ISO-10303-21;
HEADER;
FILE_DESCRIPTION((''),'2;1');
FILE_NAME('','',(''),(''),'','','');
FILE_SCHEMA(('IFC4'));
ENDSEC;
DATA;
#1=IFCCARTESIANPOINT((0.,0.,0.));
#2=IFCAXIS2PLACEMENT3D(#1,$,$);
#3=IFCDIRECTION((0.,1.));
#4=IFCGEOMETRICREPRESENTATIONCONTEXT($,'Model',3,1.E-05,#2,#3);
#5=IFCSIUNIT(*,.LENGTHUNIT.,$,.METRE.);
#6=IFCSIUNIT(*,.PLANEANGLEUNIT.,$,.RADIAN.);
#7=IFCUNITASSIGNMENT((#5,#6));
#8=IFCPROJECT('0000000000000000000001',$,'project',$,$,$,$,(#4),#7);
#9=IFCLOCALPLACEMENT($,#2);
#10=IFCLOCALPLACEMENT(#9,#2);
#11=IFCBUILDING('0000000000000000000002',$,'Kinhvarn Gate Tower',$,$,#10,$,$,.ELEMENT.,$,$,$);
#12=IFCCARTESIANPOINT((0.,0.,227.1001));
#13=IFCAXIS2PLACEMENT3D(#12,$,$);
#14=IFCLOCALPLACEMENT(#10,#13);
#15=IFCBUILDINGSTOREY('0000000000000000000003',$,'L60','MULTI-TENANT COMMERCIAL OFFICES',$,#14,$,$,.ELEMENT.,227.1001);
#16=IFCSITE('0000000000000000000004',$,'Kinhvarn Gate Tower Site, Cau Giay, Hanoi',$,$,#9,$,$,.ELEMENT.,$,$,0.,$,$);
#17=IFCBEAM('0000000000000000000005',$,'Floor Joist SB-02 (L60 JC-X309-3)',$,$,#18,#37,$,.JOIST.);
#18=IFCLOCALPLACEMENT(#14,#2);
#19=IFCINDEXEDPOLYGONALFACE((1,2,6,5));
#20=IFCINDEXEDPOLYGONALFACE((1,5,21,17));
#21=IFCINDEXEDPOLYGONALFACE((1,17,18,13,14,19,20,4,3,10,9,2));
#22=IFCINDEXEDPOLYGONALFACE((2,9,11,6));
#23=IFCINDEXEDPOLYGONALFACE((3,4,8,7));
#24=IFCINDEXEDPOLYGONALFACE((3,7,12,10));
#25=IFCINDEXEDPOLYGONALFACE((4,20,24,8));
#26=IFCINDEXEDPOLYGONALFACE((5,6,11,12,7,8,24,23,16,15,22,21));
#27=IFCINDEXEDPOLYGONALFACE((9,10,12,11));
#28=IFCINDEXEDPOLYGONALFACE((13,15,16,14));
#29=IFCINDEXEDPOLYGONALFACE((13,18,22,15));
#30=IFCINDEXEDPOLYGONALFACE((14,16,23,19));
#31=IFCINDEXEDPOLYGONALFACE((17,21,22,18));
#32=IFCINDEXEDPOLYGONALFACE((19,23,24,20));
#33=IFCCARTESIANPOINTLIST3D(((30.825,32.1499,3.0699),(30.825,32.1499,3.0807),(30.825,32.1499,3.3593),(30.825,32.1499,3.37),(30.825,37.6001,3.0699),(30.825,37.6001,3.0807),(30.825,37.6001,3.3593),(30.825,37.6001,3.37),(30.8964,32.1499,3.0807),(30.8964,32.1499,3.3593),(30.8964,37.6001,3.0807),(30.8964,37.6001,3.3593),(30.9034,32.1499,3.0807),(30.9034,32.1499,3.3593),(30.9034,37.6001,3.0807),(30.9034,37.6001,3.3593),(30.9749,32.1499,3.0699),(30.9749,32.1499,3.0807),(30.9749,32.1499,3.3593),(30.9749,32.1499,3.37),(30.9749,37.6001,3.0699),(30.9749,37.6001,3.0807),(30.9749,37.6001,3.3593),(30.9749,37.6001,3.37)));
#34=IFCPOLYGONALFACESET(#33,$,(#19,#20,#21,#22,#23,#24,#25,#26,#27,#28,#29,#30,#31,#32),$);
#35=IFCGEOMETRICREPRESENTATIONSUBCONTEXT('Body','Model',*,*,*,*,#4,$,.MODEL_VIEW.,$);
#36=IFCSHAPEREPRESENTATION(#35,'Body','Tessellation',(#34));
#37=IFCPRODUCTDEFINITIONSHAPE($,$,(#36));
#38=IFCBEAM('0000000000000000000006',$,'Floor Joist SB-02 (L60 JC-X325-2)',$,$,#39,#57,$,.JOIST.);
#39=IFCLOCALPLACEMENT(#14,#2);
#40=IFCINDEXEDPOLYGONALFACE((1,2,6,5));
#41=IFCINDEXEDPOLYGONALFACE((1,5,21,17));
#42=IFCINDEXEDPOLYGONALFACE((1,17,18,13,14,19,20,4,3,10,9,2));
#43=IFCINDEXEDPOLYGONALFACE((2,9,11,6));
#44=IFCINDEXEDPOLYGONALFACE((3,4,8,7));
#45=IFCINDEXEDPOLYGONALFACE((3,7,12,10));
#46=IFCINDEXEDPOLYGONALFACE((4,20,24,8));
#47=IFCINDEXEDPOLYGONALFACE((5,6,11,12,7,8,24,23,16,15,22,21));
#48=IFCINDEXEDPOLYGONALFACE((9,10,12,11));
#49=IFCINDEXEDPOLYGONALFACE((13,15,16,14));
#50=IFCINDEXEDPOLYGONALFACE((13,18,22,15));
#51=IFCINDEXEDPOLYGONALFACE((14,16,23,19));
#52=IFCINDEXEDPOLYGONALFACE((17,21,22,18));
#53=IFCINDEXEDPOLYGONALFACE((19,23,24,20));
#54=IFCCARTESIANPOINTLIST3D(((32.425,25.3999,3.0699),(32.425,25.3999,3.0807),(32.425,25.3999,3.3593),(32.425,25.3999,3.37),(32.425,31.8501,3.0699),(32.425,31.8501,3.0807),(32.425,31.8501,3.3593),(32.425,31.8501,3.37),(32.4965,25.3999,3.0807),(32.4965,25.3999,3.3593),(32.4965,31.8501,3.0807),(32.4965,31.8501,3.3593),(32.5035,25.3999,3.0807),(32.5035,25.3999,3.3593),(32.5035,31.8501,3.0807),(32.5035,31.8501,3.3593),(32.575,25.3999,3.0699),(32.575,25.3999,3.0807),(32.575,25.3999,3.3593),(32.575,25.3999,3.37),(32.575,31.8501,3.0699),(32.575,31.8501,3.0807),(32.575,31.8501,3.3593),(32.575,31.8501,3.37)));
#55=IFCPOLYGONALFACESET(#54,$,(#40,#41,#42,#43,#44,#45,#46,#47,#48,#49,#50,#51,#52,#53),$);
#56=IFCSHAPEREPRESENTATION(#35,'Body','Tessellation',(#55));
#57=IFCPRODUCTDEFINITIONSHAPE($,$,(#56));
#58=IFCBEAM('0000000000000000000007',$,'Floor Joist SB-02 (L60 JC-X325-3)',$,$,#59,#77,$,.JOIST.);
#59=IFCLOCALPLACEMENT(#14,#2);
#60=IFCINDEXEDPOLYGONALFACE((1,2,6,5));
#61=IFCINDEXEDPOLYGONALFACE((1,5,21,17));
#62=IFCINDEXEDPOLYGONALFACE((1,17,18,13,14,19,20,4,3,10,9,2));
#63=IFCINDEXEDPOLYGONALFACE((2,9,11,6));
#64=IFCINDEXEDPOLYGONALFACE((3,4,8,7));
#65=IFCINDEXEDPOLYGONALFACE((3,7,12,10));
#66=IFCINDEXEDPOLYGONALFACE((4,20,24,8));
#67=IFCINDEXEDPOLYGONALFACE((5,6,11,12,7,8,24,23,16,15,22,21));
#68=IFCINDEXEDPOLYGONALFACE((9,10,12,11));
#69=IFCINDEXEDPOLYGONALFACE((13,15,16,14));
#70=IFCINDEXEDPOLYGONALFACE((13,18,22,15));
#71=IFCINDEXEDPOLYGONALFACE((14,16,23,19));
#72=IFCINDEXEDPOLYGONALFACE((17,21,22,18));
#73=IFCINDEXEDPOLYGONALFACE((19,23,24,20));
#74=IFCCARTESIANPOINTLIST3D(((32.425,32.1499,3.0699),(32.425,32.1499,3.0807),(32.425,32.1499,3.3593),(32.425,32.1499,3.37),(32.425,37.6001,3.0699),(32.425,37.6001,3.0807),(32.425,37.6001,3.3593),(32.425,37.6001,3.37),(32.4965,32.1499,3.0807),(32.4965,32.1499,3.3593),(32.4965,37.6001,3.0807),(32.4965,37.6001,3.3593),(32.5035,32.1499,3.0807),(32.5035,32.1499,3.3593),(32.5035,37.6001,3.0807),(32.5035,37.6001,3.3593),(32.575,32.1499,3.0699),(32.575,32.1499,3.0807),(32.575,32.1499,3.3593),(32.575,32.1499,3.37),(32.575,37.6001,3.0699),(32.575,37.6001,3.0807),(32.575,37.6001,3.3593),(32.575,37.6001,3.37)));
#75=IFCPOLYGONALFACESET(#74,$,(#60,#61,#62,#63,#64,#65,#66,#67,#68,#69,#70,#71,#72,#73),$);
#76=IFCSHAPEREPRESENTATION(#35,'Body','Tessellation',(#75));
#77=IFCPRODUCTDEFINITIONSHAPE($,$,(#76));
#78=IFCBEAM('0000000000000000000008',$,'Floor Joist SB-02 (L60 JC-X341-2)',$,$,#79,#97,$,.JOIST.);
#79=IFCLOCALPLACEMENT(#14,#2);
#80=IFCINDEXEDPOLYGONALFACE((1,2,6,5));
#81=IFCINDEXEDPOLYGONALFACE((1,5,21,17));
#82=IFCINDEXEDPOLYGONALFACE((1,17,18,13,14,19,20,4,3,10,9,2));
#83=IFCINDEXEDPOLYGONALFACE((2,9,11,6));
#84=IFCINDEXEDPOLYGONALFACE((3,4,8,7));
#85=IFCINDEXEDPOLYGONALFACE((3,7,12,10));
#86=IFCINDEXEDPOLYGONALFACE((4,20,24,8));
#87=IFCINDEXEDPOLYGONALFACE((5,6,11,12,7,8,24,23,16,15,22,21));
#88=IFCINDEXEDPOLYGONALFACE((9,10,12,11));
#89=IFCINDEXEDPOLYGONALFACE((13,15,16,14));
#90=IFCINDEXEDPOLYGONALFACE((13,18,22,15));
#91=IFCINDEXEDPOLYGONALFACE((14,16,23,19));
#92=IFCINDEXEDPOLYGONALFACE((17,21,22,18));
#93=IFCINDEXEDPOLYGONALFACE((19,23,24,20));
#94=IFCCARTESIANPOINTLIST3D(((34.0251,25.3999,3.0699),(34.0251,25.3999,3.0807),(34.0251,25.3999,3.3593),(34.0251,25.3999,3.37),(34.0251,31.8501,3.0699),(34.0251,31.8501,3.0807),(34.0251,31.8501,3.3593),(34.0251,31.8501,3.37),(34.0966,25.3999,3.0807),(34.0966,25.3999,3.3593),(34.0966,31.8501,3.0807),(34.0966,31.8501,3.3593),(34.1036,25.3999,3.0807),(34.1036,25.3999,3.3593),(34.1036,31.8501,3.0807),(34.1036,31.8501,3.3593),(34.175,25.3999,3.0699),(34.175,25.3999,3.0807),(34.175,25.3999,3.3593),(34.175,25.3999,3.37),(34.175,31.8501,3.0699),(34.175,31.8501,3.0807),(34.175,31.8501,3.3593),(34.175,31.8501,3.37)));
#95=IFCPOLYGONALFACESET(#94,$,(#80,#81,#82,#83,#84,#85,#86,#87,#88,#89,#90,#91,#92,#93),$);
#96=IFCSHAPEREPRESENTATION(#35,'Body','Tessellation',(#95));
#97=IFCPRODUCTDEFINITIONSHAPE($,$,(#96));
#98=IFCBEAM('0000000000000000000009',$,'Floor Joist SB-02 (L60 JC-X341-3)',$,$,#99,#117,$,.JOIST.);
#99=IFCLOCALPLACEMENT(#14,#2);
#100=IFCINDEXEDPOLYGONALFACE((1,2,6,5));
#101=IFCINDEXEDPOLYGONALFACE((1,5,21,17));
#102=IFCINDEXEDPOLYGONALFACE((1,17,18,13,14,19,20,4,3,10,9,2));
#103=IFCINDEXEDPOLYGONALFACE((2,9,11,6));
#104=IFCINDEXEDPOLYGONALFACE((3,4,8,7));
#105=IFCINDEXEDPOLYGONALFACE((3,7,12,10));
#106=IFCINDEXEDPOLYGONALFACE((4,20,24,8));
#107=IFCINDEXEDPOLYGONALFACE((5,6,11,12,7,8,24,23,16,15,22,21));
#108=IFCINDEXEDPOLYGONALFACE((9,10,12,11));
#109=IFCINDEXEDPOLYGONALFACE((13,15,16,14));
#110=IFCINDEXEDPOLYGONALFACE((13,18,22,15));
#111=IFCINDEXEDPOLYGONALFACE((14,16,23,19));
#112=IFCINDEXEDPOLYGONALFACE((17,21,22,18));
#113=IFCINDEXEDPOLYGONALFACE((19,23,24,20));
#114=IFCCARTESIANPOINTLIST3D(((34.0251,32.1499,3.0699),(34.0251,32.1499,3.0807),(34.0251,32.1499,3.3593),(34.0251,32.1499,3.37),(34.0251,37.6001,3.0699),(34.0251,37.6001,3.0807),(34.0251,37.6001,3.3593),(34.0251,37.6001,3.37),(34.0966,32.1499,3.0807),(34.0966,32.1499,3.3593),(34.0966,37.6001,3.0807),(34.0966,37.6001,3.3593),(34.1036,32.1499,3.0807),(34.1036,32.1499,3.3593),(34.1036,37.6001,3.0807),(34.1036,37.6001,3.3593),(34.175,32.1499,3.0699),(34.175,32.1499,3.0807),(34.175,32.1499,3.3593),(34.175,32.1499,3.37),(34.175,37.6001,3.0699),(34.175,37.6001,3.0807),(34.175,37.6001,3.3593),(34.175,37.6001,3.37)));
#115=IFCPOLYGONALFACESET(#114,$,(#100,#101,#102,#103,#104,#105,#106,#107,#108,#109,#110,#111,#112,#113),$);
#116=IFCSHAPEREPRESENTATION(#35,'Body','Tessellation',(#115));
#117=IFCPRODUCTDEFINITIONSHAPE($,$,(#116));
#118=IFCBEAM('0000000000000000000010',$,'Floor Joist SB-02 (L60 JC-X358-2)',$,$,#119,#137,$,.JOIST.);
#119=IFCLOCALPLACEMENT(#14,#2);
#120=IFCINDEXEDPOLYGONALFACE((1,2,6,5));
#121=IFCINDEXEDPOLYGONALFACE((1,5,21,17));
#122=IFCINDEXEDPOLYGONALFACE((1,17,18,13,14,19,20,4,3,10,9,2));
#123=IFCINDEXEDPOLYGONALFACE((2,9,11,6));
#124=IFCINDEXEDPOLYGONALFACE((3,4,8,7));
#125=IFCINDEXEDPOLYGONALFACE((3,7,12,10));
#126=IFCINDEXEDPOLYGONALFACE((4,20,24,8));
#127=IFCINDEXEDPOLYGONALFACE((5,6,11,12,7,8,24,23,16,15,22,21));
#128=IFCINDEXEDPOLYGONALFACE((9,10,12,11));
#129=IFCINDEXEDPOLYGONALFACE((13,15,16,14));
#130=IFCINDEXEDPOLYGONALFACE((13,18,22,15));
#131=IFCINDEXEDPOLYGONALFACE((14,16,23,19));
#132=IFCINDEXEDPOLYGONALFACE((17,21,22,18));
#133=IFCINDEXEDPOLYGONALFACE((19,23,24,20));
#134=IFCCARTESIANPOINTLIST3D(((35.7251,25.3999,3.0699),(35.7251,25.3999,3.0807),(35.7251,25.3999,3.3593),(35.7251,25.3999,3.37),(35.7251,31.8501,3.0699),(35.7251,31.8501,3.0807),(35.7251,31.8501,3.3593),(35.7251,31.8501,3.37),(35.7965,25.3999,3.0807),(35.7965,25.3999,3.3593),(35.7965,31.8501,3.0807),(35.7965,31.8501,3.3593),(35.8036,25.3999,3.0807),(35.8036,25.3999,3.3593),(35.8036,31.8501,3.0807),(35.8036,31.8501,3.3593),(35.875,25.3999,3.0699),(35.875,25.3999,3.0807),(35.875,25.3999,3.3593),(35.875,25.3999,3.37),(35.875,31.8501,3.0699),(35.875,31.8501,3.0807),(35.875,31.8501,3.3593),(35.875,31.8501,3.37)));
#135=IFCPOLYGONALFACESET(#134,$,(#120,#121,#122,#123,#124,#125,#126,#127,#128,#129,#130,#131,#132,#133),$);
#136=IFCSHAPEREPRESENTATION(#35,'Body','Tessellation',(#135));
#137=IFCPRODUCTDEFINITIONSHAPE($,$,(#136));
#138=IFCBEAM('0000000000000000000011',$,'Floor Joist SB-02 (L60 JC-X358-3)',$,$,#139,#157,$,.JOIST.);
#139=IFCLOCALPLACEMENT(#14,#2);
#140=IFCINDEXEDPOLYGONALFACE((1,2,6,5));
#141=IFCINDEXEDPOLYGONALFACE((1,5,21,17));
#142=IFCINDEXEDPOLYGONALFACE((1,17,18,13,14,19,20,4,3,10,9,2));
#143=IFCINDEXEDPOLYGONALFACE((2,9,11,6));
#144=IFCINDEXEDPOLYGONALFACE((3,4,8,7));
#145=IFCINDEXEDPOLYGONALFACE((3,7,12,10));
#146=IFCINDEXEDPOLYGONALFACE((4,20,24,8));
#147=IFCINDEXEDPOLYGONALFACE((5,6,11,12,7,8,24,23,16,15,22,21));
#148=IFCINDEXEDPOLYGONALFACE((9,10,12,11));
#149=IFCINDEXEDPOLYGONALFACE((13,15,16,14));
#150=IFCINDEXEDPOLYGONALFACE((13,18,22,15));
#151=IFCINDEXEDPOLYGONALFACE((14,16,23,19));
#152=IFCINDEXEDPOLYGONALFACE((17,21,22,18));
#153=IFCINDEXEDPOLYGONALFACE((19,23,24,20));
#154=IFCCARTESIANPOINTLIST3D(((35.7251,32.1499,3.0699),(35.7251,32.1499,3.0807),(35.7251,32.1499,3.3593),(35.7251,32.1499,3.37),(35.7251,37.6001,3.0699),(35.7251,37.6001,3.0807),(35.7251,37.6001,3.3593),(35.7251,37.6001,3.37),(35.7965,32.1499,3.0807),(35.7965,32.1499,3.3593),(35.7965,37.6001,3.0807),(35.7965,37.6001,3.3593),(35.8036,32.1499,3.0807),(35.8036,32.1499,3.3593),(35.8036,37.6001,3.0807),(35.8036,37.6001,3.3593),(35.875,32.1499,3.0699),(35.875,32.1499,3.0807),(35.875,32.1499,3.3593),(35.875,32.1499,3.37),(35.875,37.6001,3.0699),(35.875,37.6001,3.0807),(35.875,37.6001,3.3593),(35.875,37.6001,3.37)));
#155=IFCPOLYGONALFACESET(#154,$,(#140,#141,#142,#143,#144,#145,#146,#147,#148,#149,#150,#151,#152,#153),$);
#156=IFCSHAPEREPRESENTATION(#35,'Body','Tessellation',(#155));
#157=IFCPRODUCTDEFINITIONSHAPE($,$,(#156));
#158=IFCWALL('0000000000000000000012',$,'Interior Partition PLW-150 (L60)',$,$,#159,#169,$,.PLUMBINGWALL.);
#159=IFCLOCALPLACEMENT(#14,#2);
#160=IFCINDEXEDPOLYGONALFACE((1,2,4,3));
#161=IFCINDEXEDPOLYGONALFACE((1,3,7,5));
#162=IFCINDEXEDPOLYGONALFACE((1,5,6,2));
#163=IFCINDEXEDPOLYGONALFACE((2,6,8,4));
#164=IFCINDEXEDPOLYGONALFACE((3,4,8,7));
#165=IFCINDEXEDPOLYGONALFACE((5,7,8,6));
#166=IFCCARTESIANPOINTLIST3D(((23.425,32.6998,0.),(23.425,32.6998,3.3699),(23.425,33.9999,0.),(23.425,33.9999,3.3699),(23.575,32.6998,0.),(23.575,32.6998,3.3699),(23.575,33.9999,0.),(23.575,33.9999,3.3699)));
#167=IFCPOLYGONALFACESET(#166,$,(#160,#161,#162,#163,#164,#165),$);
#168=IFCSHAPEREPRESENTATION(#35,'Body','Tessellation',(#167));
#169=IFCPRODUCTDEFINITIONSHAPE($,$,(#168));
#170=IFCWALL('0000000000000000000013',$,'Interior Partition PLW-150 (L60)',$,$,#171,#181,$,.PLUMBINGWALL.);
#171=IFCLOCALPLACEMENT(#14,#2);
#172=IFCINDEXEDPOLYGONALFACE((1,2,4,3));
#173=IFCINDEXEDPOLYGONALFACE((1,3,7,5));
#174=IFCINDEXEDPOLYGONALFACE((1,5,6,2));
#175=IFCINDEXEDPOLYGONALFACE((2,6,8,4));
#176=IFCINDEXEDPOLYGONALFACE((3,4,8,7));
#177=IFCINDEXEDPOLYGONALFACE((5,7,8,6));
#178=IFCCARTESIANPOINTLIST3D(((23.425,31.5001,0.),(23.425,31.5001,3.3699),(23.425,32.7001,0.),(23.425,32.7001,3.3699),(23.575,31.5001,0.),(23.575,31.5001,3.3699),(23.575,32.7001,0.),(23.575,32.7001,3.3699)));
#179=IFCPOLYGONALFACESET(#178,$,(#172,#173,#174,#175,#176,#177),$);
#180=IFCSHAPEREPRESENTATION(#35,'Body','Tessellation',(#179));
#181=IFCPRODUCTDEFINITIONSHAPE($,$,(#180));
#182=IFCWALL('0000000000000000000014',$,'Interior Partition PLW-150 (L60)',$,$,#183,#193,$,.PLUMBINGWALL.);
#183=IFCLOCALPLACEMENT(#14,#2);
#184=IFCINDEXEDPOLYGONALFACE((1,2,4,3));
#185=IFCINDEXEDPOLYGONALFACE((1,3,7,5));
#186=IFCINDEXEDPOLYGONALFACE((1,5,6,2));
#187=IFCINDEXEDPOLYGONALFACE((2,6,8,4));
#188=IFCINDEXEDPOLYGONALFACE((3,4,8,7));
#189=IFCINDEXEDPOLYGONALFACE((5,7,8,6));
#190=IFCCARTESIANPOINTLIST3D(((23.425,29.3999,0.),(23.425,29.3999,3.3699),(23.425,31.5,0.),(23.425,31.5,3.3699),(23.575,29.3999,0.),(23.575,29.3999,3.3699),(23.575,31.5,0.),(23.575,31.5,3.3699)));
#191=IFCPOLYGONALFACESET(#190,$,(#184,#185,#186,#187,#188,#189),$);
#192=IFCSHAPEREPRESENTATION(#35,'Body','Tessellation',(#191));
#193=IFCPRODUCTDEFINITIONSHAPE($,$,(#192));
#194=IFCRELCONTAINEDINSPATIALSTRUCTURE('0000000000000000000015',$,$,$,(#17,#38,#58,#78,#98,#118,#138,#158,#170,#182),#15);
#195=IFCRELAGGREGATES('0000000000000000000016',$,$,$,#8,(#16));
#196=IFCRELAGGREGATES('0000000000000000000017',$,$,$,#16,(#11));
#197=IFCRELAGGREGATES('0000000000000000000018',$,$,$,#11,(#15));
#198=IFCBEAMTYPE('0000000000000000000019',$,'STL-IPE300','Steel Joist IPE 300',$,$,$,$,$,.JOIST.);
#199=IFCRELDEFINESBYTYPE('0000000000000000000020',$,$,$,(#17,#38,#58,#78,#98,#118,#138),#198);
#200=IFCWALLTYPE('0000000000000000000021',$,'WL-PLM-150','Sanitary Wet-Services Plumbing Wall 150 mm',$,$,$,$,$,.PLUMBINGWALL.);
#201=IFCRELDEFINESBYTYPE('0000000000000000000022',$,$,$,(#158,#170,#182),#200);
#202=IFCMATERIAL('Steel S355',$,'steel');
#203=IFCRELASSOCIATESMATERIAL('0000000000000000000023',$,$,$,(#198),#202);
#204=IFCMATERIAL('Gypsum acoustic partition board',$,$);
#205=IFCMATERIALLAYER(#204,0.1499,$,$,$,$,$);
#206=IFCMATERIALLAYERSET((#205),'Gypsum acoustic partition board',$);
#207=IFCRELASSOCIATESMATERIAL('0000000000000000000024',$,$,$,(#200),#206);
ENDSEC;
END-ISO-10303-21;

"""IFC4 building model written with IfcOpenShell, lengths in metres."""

from ifc_helpers import new_model, si_unit, direction, frame, frame_2d, origin, origin_2d, place, context, subcontext, project, spatial, rectangle, i_section, extrude, material, layer, layer_set, material_profile, profile_set, type_object, element, save


model = new_model("IFC4")

# Units and contexts
model_context = context("Model", 3, precision=1e-05, world=origin(), true_north=direction((0.0, 1.0)))
body_context = subcontext(model_context, "Body", "Model", "MODEL_VIEW")
ifc_project = project(units=[si_unit("LENGTHUNIT", "METRE"), si_unit("PLANEANGLEUNIT", "RADIAN")], contexts=[model_context])

# Site, building, storey
site_placement = place(None, origin())
site = spatial("IfcSite", under=ifc_project, at=site_placement, Name="Kinhvarn Gate Tower Site, Cau Giay, Hanoi", CompositionType="ELEMENT", RefElevation=0.0)
building_placement = place(site_placement, origin())
building = spatial("IfcBuilding", under=site, at=building_placement, Name="Kinhvarn Gate Tower", CompositionType="ELEMENT")
storey_placement = place(building_placement, frame((0.0, 0.0, 227.1001)))
storey = spatial("IfcBuildingStorey", under=building, at=storey_placement, Name="L60", Description="MULTI-TENANT COMMERCIAL OFFICES", CompositionType="ELEMENT", Elevation=227.1001)

# Beams
ifc_material_1 = material(Name="Steel S355", Category="steel")
ifc_material_profile = material_profile(ifc_material_1, i_section(OverallWidth=0.1499, OverallDepth=0.3, WebThickness=0.0071, FlangeThickness=0.0107, at=origin_2d()), Name="IPE 300")
ifc_profile_set = profile_set([ifc_material_profile], Name="Steel S355")
beam_type = type_object("IfcBeamType", Name="STL-IPE300", Description="Steel Joist IPE 300", PredefinedType="JOIST", material=ifc_profile_set)
beam_1_placement = place(storey_placement, frame((30.8999, 32.1499, 3.22), z_axis=(0.0, 1.0, 0.0), x_axis=(-1.0, 0.0, 0.0)))
element("IfcBeam", 1, at=beam_1_placement, inside=storey, type_object=beam_type, Name="Floor Joist SB-02 (L60 JC-X309-3)", PredefinedType="JOIST", context=body_context, shape_type="SweptSolid", body=[
    extrude(i_section(OverallWidth=0.1499, OverallDepth=0.3, WebThickness=0.0071, FlangeThickness=0.0107, at=origin_2d()), origin(), (0.0, 0.0, 1.0), 5.4502),
])
beam_2_placement = place(storey_placement, frame((32.5, 25.3999, 3.22), z_axis=(0.0, 1.0, 0.0), x_axis=(-1.0, 0.0, 0.0)))
element("IfcBeam", 2, at=beam_2_placement, inside=storey, type_object=beam_type, Name="Floor Joist SB-02 (L60 JC-X325-2)", PredefinedType="JOIST", context=body_context, shape_type="SweptSolid", body=[
    extrude(i_section(OverallWidth=0.1499, OverallDepth=0.3, WebThickness=0.0071, FlangeThickness=0.0107, at=origin_2d()), origin(), (0.0, 0.0, 1.0), 6.4502),
])
beam_3_placement = place(storey_placement, frame((32.5, 32.1499, 3.22), z_axis=(0.0, 1.0, 0.0), x_axis=(-1.0, 0.0, 0.0)))
element("IfcBeam", 3, at=beam_3_placement, inside=storey, type_object=beam_type, Name="Floor Joist SB-02 (L60 JC-X325-3)", PredefinedType="JOIST", context=body_context, shape_type="SweptSolid", body=[
    extrude(i_section(OverallWidth=0.1499, OverallDepth=0.3, WebThickness=0.0071, FlangeThickness=0.0107, at=origin_2d()), origin(), (0.0, 0.0, 1.0), 5.4502),
])
beam_4_placement = place(storey_placement, frame((34.1001, 25.3999, 3.22), z_axis=(0.0, 1.0, 0.0), x_axis=(-1.0, 0.0, 0.0)))
element("IfcBeam", 4, at=beam_4_placement, inside=storey, type_object=beam_type, Name="Floor Joist SB-02 (L60 JC-X341-2)", PredefinedType="JOIST", context=body_context, shape_type="SweptSolid", body=[
    extrude(i_section(OverallWidth=0.1499, OverallDepth=0.3, WebThickness=0.0071, FlangeThickness=0.0107, at=origin_2d()), origin(), (0.0, 0.0, 1.0), 6.4502),
])
beam_5_placement = place(storey_placement, frame((34.1001, 32.1499, 3.22), z_axis=(0.0, 1.0, 0.0), x_axis=(-1.0, 0.0, 0.0)))
element("IfcBeam", 5, at=beam_5_placement, inside=storey, type_object=beam_type, Name="Floor Joist SB-02 (L60 JC-X341-3)", PredefinedType="JOIST", context=body_context, shape_type="SweptSolid", body=[
    extrude(i_section(OverallWidth=0.1499, OverallDepth=0.3, WebThickness=0.0071, FlangeThickness=0.0107, at=origin_2d()), origin(), (0.0, 0.0, 1.0), 5.4502),
])
beam_6_placement = place(storey_placement, frame((35.8, 25.3999, 3.22), z_axis=(0.0, 1.0, 0.0), x_axis=(-1.0, 0.0, 0.0)))
element("IfcBeam", 6, at=beam_6_placement, inside=storey, type_object=beam_type, Name="Floor Joist SB-02 (L60 JC-X358-2)", PredefinedType="JOIST", context=body_context, shape_type="SweptSolid", body=[
    extrude(i_section(OverallWidth=0.1499, OverallDepth=0.3, WebThickness=0.0071, FlangeThickness=0.0107, at=origin_2d()), origin(), (0.0, 0.0, 1.0), 6.4502),
])
beam_7_placement = place(storey_placement, frame((35.8, 32.1499, 3.22), z_axis=(0.0, 1.0, 0.0), x_axis=(-1.0, 0.0, 0.0)))
element("IfcBeam", 7, at=beam_7_placement, inside=storey, type_object=beam_type, Name="Floor Joist SB-02 (L60 JC-X358-3)", PredefinedType="JOIST", context=body_context, shape_type="SweptSolid", body=[
    extrude(i_section(OverallWidth=0.1499, OverallDepth=0.3, WebThickness=0.0071, FlangeThickness=0.0107, at=origin_2d()), origin(), (0.0, 0.0, 1.0), 5.4502),
])

# Walls
ifc_material_2 = material(Name="Gypsum acoustic partition board")
ifc_layer_1 = layer(ifc_material_2, 0.1499)
ifc_layer_set_1 = layer_set([ifc_layer_1], Name="Gypsum acoustic partition board")
wall_type_1 = type_object("IfcWallType", Name="WL-PLM-150", Description="Sanitary Wet-Services Plumbing Wall 150 mm", PredefinedType="PLUMBINGWALL", material=ifc_layer_set_1)
wall_1_placement = place(storey_placement, frame((23.5, 32.7, 0.0), z_axis=(0.0, 0.0, 1.0), x_axis=(0.0, 1.0, 0.0)))
element("IfcWall", 8, at=wall_1_placement, inside=storey, type_object=wall_type_1, Name="Interior Partition PLW-150 (L60)", PredefinedType="PLUMBINGWALL", context=body_context, shape_type="SweptSolid", body=[
    extrude(rectangle(XDim=1.3, YDim=0.1499, at=frame_2d((0.6499, 0.0))), origin(), (0.0, 0.0, 1.0), 3.3699),
])
wall_2_placement = place(storey_placement, frame((23.5, 31.5, 0.0), z_axis=(0.0, 0.0, 1.0), x_axis=(0.0, 1.0, 0.0)))
element("IfcWall", 9, at=wall_2_placement, inside=storey, type_object=wall_type_1, Name="Interior Partition PLW-150 (L60)", PredefinedType="PLUMBINGWALL", context=body_context, shape_type="SweptSolid", body=[
    extrude(rectangle(XDim=1.2, YDim=0.1499, at=frame_2d((0.6001, 0.0))), origin(), (0.0, 0.0, 1.0), 3.3699),
])
wall_3_placement = place(storey_placement, frame((23.5, 29.3999, 0.0), z_axis=(0.0, 0.0, 1.0), x_axis=(0.0, 1.0, 0.0)))
element("IfcWall", 10, at=wall_3_placement, inside=storey, type_object=wall_type_1, Name="Interior Partition PLW-150 (L60)", PredefinedType="PLUMBINGWALL", context=body_context, shape_type="SweptSolid", body=[
    extrude(rectangle(XDim=2.1001, YDim=0.1499, at=frame_2d((1.05, 0.0))), origin(), (0.0, 0.0, 1.0), 3.3699),
])

save(model, "model.ifc")
